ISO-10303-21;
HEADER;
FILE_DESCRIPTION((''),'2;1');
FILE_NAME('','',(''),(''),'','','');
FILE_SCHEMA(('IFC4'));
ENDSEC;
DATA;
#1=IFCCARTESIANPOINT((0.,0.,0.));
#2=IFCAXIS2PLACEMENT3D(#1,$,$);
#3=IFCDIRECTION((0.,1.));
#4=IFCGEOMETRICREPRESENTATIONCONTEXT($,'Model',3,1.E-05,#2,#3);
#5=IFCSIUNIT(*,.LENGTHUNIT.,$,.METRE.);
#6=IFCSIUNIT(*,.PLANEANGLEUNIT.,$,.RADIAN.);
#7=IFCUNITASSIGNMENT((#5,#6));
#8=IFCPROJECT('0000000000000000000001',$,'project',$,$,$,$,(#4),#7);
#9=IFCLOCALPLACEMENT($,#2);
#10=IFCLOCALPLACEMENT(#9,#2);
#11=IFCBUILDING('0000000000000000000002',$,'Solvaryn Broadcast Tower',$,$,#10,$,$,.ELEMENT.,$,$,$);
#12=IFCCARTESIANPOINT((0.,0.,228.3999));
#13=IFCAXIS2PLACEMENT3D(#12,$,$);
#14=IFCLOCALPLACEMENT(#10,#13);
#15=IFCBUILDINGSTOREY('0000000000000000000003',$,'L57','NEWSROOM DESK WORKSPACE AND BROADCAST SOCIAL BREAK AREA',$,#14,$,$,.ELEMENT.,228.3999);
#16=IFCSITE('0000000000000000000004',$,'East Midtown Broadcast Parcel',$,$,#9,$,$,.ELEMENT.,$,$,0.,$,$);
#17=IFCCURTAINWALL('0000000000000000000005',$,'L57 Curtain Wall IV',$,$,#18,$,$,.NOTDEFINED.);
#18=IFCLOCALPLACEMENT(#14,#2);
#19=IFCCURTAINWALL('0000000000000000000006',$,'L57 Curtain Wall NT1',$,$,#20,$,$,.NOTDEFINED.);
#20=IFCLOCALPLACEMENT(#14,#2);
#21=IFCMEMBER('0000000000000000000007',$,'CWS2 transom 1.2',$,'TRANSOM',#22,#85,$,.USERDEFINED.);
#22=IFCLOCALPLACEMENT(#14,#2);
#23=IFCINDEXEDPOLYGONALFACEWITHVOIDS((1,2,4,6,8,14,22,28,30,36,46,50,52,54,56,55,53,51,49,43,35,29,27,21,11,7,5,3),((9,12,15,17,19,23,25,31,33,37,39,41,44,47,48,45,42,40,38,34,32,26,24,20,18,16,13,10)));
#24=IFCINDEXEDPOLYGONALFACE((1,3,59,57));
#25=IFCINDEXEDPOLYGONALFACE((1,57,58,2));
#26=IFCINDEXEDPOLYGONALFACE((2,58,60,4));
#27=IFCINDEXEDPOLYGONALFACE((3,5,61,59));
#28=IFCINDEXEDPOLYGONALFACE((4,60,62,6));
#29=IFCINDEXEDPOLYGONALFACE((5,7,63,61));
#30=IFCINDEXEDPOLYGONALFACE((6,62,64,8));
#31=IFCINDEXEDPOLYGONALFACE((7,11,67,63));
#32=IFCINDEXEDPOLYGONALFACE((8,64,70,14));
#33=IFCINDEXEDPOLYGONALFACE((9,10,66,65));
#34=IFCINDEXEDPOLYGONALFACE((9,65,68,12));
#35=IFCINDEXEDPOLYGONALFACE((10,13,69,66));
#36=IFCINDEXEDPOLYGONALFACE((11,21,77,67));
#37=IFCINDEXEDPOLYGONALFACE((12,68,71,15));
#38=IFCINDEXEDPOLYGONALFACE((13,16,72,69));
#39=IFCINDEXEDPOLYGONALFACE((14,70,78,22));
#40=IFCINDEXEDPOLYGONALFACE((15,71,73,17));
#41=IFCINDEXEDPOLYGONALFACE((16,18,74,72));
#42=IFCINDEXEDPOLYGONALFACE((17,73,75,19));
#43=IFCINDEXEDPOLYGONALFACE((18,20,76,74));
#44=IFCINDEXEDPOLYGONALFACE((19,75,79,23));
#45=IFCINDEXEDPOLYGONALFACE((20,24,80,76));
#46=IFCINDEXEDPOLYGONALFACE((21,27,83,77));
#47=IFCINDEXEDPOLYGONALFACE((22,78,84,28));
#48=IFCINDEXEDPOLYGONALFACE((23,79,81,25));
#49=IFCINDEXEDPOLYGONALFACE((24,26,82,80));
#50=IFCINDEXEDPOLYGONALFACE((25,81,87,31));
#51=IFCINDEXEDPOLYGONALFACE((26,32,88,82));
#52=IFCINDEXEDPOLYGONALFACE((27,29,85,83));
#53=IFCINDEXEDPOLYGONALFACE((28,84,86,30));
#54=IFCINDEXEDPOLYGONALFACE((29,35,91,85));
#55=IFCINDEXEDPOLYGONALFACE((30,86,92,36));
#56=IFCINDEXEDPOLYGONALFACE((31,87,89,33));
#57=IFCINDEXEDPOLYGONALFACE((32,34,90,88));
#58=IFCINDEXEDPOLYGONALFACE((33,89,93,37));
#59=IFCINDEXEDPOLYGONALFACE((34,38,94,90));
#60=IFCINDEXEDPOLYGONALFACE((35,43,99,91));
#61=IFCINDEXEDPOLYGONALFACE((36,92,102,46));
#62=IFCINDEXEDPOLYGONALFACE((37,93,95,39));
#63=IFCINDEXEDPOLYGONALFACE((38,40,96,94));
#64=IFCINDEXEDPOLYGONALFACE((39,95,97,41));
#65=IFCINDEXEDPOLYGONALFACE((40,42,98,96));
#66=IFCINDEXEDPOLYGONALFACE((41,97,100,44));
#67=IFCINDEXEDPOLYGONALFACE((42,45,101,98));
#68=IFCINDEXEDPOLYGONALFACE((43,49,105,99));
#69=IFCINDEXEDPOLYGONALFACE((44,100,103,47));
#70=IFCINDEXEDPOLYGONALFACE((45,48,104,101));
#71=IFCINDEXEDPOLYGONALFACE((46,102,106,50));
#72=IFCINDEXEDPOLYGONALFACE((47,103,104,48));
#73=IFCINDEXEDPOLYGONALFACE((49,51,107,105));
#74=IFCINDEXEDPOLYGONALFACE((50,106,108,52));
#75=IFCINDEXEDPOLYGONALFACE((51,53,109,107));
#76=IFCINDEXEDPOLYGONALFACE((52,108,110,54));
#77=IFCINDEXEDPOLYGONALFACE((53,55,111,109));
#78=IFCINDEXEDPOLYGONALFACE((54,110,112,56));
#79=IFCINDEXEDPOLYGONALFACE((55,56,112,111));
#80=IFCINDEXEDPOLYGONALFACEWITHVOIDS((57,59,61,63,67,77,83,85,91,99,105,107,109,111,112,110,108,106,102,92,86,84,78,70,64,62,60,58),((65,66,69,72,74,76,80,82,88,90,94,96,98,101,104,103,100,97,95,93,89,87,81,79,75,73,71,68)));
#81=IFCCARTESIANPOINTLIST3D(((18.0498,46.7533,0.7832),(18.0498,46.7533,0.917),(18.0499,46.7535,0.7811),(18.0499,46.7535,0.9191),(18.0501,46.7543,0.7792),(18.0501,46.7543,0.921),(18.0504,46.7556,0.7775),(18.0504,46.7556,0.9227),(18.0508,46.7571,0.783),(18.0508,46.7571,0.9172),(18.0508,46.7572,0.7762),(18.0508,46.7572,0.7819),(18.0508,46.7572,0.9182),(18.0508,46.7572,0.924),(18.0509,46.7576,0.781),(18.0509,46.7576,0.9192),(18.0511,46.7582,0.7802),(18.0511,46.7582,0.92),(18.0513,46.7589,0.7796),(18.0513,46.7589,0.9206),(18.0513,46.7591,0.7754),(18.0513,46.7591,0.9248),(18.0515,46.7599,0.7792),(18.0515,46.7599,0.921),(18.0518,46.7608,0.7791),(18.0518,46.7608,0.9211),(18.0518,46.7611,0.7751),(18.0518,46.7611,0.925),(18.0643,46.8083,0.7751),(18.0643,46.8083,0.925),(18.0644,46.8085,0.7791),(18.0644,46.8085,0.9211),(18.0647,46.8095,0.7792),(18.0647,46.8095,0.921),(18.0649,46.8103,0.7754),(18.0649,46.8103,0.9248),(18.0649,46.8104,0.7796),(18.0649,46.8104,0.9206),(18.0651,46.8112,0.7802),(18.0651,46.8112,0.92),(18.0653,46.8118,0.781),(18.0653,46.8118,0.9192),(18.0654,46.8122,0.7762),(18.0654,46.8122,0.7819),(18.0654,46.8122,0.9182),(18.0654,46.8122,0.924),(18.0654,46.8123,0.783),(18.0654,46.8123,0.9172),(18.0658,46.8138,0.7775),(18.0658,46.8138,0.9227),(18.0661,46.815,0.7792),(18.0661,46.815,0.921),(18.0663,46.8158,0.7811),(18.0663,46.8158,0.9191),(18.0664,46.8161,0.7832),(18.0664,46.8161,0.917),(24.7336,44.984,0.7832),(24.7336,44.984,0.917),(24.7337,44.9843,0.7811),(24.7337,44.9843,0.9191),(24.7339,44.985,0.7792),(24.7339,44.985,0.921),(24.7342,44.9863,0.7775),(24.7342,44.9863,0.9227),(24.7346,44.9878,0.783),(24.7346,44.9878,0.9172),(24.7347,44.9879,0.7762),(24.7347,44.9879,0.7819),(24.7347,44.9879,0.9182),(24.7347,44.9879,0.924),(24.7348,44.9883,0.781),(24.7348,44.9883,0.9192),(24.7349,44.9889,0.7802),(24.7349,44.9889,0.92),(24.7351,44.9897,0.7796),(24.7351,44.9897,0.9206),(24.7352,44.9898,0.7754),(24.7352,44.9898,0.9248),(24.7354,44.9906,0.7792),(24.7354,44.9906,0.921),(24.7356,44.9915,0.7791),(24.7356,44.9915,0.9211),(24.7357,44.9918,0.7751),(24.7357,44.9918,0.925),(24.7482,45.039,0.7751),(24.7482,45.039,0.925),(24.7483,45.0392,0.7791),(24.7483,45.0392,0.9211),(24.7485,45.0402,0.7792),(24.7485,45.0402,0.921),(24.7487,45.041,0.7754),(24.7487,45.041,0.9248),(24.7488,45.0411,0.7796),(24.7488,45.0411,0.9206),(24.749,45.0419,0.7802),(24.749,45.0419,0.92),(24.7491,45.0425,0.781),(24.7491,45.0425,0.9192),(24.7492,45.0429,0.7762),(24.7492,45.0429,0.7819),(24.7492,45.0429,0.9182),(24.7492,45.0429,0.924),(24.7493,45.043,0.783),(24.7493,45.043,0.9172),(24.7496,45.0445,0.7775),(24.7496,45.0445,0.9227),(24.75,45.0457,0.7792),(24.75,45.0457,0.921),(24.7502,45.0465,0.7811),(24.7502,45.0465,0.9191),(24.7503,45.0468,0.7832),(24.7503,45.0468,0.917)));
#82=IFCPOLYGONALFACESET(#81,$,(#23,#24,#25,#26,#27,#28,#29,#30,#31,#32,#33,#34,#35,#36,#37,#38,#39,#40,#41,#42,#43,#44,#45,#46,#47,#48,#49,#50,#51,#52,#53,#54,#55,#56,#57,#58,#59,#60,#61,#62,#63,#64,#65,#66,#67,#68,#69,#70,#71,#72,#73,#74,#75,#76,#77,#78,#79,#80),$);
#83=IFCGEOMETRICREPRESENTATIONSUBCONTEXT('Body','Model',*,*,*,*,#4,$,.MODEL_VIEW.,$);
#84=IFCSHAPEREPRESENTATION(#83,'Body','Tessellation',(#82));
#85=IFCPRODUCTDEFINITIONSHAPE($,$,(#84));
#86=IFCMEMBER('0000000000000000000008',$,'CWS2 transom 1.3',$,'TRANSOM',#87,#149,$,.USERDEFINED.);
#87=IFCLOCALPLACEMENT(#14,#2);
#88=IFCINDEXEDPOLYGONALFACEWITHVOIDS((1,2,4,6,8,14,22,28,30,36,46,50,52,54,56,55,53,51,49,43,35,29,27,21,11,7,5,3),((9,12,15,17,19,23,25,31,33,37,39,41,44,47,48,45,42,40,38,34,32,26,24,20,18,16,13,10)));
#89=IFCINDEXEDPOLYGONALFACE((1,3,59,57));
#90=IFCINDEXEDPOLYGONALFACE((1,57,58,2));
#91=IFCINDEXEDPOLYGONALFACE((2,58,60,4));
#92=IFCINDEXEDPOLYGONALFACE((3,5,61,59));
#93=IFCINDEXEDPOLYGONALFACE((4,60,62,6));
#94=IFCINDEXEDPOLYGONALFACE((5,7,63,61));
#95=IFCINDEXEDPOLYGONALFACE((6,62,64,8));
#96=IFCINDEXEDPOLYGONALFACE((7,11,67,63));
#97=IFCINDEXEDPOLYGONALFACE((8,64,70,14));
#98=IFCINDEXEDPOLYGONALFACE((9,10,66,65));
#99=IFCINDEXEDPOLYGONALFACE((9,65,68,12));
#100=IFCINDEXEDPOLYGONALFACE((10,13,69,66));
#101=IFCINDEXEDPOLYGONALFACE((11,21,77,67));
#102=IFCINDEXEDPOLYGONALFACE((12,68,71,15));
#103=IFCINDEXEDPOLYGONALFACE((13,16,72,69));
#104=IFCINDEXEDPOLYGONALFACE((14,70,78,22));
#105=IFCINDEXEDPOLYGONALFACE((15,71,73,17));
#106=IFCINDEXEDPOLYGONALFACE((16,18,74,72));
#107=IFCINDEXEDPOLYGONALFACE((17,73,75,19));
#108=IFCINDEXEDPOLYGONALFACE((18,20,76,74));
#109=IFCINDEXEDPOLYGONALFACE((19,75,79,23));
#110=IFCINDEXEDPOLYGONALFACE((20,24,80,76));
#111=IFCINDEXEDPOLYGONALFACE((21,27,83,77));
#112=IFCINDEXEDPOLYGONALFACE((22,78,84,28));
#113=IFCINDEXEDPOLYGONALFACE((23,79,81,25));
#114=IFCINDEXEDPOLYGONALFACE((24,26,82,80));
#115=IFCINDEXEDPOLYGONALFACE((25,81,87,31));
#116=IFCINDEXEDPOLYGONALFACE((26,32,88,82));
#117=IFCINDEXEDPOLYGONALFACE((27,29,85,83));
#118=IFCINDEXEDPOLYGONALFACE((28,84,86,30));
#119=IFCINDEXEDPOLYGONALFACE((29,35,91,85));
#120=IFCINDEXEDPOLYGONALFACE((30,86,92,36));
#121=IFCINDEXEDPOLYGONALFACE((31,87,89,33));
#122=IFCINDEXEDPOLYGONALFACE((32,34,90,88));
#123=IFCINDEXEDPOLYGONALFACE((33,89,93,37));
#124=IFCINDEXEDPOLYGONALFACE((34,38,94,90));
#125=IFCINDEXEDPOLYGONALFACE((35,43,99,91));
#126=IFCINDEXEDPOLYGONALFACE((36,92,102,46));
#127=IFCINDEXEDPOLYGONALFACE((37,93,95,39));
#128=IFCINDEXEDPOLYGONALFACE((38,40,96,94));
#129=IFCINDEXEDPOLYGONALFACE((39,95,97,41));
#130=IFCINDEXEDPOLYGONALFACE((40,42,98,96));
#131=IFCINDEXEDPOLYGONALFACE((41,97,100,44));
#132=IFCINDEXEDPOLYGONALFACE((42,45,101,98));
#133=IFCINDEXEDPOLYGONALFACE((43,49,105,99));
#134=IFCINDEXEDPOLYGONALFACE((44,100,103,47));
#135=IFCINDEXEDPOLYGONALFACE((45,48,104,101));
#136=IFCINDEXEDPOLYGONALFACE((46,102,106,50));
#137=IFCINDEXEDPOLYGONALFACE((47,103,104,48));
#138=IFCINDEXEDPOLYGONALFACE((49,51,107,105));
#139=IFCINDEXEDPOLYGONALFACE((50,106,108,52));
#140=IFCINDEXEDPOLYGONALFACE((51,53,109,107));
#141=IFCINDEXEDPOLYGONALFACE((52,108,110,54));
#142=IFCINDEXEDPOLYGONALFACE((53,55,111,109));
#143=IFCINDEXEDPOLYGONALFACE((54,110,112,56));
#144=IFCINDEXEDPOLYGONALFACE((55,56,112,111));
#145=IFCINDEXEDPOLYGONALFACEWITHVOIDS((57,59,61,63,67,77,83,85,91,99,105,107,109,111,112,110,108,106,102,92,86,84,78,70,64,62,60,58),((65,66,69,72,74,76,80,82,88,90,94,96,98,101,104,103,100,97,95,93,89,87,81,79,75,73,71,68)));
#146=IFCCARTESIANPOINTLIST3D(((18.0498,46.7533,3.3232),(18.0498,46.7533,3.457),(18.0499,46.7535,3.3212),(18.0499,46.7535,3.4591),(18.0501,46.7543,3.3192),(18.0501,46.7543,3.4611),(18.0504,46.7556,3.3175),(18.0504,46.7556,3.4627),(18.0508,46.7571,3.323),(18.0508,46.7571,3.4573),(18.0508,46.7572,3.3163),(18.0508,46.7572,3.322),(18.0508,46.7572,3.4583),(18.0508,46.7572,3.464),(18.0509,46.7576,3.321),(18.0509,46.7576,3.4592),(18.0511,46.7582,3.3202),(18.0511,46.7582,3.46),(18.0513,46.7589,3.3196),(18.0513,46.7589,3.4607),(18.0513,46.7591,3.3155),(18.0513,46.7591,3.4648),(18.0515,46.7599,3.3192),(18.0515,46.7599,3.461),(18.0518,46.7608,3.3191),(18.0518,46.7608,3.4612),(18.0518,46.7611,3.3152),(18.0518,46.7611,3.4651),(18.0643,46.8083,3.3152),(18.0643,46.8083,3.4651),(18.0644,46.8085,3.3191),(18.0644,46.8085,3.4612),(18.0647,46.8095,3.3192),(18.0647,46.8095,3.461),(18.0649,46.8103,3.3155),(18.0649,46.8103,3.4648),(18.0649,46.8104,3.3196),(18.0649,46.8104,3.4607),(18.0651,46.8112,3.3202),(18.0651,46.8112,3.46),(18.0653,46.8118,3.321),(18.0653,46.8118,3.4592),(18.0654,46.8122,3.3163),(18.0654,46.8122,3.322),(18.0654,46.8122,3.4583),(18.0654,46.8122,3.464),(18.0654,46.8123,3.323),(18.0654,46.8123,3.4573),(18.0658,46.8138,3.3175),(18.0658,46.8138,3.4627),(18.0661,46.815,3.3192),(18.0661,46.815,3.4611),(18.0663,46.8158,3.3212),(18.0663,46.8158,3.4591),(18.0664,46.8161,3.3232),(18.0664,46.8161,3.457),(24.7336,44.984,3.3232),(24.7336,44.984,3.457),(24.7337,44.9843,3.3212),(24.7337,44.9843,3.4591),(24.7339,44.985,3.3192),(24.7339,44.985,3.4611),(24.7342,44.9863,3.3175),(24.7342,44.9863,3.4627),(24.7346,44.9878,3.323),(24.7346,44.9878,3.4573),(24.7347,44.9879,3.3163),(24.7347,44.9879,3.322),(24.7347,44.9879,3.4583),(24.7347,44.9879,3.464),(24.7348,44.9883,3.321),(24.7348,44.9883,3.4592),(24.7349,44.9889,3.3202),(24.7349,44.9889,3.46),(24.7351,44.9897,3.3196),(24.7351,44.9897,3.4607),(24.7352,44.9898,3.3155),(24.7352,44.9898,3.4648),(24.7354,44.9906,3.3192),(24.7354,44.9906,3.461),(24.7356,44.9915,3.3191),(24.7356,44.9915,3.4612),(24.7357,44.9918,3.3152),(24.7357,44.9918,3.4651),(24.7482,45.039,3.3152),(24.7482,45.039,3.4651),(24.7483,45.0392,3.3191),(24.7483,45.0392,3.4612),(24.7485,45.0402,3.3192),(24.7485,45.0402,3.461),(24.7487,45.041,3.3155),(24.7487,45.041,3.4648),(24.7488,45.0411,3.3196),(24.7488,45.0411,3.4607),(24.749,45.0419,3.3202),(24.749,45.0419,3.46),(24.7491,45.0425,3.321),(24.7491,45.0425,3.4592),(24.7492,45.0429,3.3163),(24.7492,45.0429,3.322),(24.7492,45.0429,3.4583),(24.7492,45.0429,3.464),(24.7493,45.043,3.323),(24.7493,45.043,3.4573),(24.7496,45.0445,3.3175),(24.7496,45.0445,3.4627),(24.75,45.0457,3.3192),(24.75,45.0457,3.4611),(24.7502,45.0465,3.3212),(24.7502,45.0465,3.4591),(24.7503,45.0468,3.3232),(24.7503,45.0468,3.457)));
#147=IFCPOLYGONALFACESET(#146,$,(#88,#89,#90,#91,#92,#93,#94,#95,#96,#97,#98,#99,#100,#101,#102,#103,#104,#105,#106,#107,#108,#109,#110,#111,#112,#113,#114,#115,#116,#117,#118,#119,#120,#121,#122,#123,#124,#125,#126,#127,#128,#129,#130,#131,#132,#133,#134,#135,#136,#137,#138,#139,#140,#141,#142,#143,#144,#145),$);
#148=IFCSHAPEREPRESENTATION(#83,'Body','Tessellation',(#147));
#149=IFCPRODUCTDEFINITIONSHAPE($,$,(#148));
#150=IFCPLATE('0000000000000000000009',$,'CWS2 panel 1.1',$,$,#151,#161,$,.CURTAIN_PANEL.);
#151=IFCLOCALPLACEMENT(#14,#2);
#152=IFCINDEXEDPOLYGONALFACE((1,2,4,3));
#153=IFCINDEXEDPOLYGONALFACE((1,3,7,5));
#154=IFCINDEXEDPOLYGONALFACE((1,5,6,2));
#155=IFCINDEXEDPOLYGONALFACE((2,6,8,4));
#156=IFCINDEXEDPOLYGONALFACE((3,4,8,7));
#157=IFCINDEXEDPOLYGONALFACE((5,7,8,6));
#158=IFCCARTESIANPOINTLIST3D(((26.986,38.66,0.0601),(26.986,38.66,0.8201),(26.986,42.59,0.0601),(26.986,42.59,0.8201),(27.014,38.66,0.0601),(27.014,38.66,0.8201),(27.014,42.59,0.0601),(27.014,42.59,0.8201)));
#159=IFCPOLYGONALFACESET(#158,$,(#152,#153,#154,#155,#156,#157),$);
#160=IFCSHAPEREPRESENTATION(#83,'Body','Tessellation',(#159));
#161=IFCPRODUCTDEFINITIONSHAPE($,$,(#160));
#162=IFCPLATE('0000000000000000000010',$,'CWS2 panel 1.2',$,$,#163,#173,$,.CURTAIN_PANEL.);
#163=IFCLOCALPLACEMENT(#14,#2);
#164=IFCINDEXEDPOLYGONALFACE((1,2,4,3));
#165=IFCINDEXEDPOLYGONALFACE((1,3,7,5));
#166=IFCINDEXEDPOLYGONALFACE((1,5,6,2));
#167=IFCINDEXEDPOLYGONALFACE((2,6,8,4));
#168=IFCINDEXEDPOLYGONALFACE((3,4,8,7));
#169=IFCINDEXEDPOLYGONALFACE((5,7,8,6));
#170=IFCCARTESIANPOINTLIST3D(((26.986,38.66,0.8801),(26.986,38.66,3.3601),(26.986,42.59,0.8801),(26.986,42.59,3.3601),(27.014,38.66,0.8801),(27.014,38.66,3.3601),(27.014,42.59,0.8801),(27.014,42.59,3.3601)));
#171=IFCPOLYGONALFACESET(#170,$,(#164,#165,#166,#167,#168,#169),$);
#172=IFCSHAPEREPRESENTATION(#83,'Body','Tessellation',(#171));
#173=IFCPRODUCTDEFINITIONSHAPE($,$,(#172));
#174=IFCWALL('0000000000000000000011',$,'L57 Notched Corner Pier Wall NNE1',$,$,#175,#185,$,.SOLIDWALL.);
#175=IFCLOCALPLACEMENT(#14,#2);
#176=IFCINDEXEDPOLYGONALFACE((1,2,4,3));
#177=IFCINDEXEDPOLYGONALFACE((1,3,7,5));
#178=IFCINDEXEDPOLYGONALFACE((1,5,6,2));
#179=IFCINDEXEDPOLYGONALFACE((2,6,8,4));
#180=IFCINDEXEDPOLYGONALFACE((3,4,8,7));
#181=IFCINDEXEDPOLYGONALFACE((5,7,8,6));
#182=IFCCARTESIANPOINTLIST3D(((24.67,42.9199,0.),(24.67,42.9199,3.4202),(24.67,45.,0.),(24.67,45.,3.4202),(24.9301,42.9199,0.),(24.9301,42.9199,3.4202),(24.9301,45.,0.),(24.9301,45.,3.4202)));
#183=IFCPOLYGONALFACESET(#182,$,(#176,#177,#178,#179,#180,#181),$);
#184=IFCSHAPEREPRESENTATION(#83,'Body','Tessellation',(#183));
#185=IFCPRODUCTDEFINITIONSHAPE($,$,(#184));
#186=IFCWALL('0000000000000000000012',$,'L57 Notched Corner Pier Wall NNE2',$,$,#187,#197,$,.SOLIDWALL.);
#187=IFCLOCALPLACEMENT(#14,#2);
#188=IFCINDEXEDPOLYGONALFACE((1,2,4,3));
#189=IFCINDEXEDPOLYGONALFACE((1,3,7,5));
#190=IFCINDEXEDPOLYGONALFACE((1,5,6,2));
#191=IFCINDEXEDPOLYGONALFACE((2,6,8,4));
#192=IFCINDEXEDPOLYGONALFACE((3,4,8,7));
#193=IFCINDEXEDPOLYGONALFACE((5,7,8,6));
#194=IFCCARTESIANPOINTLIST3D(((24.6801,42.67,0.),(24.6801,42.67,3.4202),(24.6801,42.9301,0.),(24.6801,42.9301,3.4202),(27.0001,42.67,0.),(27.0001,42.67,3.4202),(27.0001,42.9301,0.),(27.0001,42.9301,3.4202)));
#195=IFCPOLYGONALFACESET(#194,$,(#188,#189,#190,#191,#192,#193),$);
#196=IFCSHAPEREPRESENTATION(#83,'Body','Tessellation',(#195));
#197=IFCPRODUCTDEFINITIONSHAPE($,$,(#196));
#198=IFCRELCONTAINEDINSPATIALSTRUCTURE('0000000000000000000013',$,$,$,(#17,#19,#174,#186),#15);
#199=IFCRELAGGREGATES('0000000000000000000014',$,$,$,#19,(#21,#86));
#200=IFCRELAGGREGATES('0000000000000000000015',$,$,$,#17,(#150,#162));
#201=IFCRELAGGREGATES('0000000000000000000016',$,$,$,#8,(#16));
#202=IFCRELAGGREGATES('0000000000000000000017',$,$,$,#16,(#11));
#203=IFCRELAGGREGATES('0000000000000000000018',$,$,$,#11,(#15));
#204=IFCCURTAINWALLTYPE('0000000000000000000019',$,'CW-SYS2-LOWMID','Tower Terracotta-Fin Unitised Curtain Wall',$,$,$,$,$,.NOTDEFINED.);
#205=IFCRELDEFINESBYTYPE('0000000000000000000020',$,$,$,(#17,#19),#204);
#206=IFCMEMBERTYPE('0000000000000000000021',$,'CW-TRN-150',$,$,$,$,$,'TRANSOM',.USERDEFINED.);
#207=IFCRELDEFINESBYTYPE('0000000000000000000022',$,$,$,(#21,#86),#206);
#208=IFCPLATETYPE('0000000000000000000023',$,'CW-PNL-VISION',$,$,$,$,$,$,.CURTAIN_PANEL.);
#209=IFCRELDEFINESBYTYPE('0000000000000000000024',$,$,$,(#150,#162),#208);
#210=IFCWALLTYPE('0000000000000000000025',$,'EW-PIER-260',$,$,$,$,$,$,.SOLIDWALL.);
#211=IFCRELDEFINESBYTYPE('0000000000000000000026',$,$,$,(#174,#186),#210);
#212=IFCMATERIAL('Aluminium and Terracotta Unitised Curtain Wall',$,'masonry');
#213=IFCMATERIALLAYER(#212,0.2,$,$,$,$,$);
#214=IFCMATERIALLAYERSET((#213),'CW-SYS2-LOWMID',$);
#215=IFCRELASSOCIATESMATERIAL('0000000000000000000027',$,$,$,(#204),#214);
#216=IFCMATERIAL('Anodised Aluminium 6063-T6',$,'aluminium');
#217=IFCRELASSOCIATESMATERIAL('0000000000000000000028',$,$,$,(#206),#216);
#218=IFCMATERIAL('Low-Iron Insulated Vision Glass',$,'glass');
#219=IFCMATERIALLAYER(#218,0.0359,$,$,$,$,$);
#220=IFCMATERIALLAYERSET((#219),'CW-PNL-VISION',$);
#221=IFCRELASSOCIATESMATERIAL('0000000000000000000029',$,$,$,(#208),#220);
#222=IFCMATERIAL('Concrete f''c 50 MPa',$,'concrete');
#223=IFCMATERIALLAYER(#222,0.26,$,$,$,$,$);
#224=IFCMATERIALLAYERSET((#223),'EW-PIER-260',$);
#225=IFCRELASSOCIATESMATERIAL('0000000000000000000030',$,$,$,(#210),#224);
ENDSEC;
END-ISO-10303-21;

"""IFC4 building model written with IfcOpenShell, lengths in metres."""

from ifc_helpers import new_model, si_unit, direction, frame, frame_2d, origin, origin_2d, place, context, subcontext, project, spatial, rectangle, hollow_rectangle, extrude, material, layer, layer_set, material_profile, profile_set, type_object, element, aggregate, save


model = new_model("IFC4")

# Units and contexts
model_context = context("Model", 3, precision=1e-05, world=origin(), true_north=direction((0.0, 1.0)))
body_context = subcontext(model_context, "Body", "Model", "MODEL_VIEW")
ifc_project = project(units=[si_unit("LENGTHUNIT", "METRE"), si_unit("PLANEANGLEUNIT", "RADIAN")], contexts=[model_context])

# Site, building, storey
site_placement = place(None, origin())
site = spatial("IfcSite", under=ifc_project, at=site_placement, Name="East Midtown Broadcast Parcel", CompositionType="ELEMENT", RefElevation=0.0)
building_placement = place(site_placement, origin())
building = spatial("IfcBuilding", under=site, at=building_placement, Name="Solvaryn Broadcast Tower", CompositionType="ELEMENT")
storey_placement = place(building_placement, frame((0.0, 0.0, 228.3999)))
storey = spatial("IfcBuildingStorey", under=building, at=storey_placement, Name="L57", Description="NEWSROOM DESK WORKSPACE AND BROADCAST SOCIAL BREAK AREA", CompositionType="ELEMENT", Elevation=228.3999)

# Curtain wall
ifc_material_1 = material(Name="Aluminium and Terracotta Unitised Curtain Wall", Category="masonry")
ifc_layer_1 = layer(ifc_material_1, 0.2)
ifc_layer_set_1 = layer_set([ifc_layer_1], Name="CW-SYS2-LOWMID")
curtain_wall_type = type_object("IfcCurtainWallType", Name="CW-SYS2-LOWMID", Description="Tower Terracotta-Fin Unitised Curtain Wall", PredefinedType="NOTDEFINED", material=ifc_layer_set_1)
curtain_wall_1_placement = place(storey_placement, origin())
curtain_wall_1 = element("IfcCurtainWall", 1, at=curtain_wall_1_placement, inside=storey, type_object=curtain_wall_type, Name="L57 Curtain Wall IV", PredefinedType="NOTDEFINED")

# Curtain wall
curtain_wall_2_placement = place(storey_placement, origin())
curtain_wall_2 = element("IfcCurtainWall", 2, at=curtain_wall_2_placement, inside=storey, type_object=curtain_wall_type, Name="L57 Curtain Wall NT1", PredefinedType="NOTDEFINED")

# Members
ifc_material_2 = material(Name="Anodised Aluminium 6063-T6", Category="aluminium")
ifc_material_profile_1 = material_profile(ifc_material_2, hollow_rectangle(XDim=0.0649, YDim=0.1499, WallThickness=0.0039, InnerFilletRadius=0.0039, OuterFilletRadius=0.0081, at=origin_2d()))
ifc_profile_set_1 = profile_set([ifc_material_profile_1], Name="Anodised Aluminium 6063-T6")
member_type_1 = type_object("IfcMemberType", Name="CW-TRN-150", ElementType="TRANSOM", PredefinedType="USERDEFINED", material=ifc_profile_set_1)
member_1_placement = place(storey_placement, frame((24.7419, 45.0154, 0.8501), z_axis=(-0.966704, 0.255897, 0.0), x_axis=(-0.255897, -0.966704, 0.0)))
member_1 = element("IfcMember", 3, at=member_1_placement, type_object=member_type_1, Name="CWS2 transom 1.2", ObjectType="TRANSOM", PredefinedType="USERDEFINED", context=body_context, shape_type="SweptSolid", body=[
    extrude(hollow_rectangle(XDim=0.0649, YDim=0.1499, WallThickness=0.0039, InnerFilletRadius=0.0039, OuterFilletRadius=0.0081, at=origin_2d()), origin(), (0.0, 0.0, 1.0), 6.9141),
])
member_2_placement = place(storey_placement, frame((24.7419, 45.0154, 3.3901), z_axis=(-0.966704, 0.255897, 0.0), x_axis=(-0.255897, -0.966704, 0.0)))
member_2 = element("IfcMember", 4, at=member_2_placement, type_object=member_type_1, Name="CWS2 transom 1.3", ObjectType="TRANSOM", PredefinedType="USERDEFINED", context=body_context, shape_type="SweptSolid", body=[
    extrude(hollow_rectangle(XDim=0.0649, YDim=0.1499, WallThickness=0.0039, InnerFilletRadius=0.0039, OuterFilletRadius=0.0081, at=origin_2d()), origin(), (0.0, 0.0, 1.0), 6.9141),
])
aggregate(curtain_wall_2, [member_1, member_2])

# Plates
ifc_material_3 = material(Name="Low-Iron Insulated Vision Glass", Category="glass")
ifc_layer_2 = layer(ifc_material_3, 0.0359)
ifc_layer_set_2 = layer_set([ifc_layer_2], Name="CW-PNL-VISION")
plate_type = type_object("IfcPlateType", Name="CW-PNL-VISION", PredefinedType="CURTAIN_PANEL", material=ifc_layer_set_2)
plate_1_placement = place(storey_placement, frame((27.0, 40.625, 0.0601), z_axis=(0.0, 0.0, 1.0), x_axis=(0.0, -1.0, 0.0)))
plate_1 = element("IfcPlate", 5, at=plate_1_placement, type_object=plate_type, Name="CWS2 panel 1.1", PredefinedType="CURTAIN_PANEL", context=body_context, shape_type="SweptSolid", body=[
    extrude(rectangle(XDim=3.9299, YDim=0.0281, at=origin_2d()), origin(), (0.0, 0.0, 1.0), 0.76),
])
plate_2_placement = place(storey_placement, frame((27.0, 40.625, 0.8801), z_axis=(0.0, 0.0, 1.0), x_axis=(0.0, -1.0, 0.0)))
plate_2 = element("IfcPlate", 6, at=plate_2_placement, type_object=plate_type, Name="CWS2 panel 1.2", PredefinedType="CURTAIN_PANEL", context=body_context, shape_type="SweptSolid", body=[
    extrude(rectangle(XDim=3.9299, YDim=0.0281, at=origin_2d()), origin(), (0.0, 0.0, 1.0), 2.48),
])
aggregate(curtain_wall_1, [plate_1, plate_2])

# Walls
ifc_material_4 = material(Name="Concrete f'c 50 MPa", Category="concrete")
ifc_layer_3 = layer(ifc_material_4, 0.26)
ifc_layer_set_3 = layer_set([ifc_layer_3], Name="EW-PIER-260")
wall_type_1 = type_object("IfcWallType", Name="EW-PIER-260", PredefinedType="SOLIDWALL", material=ifc_layer_set_3)
wall_1_placement = place(storey_placement, frame((24.8, 45.0, 0.0), z_axis=(0.0, 0.0, 1.0), x_axis=(0.0, -1.0, 0.0)))
element("IfcWall", 7, at=wall_1_placement, inside=storey, type_object=wall_type_1, Name="L57 Notched Corner Pier Wall NNE1", PredefinedType="SOLIDWALL", context=body_context, shape_type="SweptSolid", body=[
    extrude(rectangle(XDim=2.0801, YDim=0.26, at=frame_2d((1.04, 0.0))), origin(), (0.0, 0.0, 1.0), 3.4202),
])
wall_2_placement = place(storey_placement, frame((24.6799, 42.8, 0.0), z_axis=(0.0, 0.0, 1.0), x_axis=(1.0, 0.0, 0.0)))
element("IfcWall", 8, at=wall_2_placement, inside=storey, type_object=wall_type_1, Name="L57 Notched Corner Pier Wall NNE2", PredefinedType="SOLIDWALL", context=body_context, shape_type="SweptSolid", body=[
    extrude(rectangle(XDim=2.3201, YDim=0.26, at=frame_2d((1.1602, 0.0))), origin(), (0.0, 0.0, 1.0), 3.4202),
])

save(model, "model.ifc")
